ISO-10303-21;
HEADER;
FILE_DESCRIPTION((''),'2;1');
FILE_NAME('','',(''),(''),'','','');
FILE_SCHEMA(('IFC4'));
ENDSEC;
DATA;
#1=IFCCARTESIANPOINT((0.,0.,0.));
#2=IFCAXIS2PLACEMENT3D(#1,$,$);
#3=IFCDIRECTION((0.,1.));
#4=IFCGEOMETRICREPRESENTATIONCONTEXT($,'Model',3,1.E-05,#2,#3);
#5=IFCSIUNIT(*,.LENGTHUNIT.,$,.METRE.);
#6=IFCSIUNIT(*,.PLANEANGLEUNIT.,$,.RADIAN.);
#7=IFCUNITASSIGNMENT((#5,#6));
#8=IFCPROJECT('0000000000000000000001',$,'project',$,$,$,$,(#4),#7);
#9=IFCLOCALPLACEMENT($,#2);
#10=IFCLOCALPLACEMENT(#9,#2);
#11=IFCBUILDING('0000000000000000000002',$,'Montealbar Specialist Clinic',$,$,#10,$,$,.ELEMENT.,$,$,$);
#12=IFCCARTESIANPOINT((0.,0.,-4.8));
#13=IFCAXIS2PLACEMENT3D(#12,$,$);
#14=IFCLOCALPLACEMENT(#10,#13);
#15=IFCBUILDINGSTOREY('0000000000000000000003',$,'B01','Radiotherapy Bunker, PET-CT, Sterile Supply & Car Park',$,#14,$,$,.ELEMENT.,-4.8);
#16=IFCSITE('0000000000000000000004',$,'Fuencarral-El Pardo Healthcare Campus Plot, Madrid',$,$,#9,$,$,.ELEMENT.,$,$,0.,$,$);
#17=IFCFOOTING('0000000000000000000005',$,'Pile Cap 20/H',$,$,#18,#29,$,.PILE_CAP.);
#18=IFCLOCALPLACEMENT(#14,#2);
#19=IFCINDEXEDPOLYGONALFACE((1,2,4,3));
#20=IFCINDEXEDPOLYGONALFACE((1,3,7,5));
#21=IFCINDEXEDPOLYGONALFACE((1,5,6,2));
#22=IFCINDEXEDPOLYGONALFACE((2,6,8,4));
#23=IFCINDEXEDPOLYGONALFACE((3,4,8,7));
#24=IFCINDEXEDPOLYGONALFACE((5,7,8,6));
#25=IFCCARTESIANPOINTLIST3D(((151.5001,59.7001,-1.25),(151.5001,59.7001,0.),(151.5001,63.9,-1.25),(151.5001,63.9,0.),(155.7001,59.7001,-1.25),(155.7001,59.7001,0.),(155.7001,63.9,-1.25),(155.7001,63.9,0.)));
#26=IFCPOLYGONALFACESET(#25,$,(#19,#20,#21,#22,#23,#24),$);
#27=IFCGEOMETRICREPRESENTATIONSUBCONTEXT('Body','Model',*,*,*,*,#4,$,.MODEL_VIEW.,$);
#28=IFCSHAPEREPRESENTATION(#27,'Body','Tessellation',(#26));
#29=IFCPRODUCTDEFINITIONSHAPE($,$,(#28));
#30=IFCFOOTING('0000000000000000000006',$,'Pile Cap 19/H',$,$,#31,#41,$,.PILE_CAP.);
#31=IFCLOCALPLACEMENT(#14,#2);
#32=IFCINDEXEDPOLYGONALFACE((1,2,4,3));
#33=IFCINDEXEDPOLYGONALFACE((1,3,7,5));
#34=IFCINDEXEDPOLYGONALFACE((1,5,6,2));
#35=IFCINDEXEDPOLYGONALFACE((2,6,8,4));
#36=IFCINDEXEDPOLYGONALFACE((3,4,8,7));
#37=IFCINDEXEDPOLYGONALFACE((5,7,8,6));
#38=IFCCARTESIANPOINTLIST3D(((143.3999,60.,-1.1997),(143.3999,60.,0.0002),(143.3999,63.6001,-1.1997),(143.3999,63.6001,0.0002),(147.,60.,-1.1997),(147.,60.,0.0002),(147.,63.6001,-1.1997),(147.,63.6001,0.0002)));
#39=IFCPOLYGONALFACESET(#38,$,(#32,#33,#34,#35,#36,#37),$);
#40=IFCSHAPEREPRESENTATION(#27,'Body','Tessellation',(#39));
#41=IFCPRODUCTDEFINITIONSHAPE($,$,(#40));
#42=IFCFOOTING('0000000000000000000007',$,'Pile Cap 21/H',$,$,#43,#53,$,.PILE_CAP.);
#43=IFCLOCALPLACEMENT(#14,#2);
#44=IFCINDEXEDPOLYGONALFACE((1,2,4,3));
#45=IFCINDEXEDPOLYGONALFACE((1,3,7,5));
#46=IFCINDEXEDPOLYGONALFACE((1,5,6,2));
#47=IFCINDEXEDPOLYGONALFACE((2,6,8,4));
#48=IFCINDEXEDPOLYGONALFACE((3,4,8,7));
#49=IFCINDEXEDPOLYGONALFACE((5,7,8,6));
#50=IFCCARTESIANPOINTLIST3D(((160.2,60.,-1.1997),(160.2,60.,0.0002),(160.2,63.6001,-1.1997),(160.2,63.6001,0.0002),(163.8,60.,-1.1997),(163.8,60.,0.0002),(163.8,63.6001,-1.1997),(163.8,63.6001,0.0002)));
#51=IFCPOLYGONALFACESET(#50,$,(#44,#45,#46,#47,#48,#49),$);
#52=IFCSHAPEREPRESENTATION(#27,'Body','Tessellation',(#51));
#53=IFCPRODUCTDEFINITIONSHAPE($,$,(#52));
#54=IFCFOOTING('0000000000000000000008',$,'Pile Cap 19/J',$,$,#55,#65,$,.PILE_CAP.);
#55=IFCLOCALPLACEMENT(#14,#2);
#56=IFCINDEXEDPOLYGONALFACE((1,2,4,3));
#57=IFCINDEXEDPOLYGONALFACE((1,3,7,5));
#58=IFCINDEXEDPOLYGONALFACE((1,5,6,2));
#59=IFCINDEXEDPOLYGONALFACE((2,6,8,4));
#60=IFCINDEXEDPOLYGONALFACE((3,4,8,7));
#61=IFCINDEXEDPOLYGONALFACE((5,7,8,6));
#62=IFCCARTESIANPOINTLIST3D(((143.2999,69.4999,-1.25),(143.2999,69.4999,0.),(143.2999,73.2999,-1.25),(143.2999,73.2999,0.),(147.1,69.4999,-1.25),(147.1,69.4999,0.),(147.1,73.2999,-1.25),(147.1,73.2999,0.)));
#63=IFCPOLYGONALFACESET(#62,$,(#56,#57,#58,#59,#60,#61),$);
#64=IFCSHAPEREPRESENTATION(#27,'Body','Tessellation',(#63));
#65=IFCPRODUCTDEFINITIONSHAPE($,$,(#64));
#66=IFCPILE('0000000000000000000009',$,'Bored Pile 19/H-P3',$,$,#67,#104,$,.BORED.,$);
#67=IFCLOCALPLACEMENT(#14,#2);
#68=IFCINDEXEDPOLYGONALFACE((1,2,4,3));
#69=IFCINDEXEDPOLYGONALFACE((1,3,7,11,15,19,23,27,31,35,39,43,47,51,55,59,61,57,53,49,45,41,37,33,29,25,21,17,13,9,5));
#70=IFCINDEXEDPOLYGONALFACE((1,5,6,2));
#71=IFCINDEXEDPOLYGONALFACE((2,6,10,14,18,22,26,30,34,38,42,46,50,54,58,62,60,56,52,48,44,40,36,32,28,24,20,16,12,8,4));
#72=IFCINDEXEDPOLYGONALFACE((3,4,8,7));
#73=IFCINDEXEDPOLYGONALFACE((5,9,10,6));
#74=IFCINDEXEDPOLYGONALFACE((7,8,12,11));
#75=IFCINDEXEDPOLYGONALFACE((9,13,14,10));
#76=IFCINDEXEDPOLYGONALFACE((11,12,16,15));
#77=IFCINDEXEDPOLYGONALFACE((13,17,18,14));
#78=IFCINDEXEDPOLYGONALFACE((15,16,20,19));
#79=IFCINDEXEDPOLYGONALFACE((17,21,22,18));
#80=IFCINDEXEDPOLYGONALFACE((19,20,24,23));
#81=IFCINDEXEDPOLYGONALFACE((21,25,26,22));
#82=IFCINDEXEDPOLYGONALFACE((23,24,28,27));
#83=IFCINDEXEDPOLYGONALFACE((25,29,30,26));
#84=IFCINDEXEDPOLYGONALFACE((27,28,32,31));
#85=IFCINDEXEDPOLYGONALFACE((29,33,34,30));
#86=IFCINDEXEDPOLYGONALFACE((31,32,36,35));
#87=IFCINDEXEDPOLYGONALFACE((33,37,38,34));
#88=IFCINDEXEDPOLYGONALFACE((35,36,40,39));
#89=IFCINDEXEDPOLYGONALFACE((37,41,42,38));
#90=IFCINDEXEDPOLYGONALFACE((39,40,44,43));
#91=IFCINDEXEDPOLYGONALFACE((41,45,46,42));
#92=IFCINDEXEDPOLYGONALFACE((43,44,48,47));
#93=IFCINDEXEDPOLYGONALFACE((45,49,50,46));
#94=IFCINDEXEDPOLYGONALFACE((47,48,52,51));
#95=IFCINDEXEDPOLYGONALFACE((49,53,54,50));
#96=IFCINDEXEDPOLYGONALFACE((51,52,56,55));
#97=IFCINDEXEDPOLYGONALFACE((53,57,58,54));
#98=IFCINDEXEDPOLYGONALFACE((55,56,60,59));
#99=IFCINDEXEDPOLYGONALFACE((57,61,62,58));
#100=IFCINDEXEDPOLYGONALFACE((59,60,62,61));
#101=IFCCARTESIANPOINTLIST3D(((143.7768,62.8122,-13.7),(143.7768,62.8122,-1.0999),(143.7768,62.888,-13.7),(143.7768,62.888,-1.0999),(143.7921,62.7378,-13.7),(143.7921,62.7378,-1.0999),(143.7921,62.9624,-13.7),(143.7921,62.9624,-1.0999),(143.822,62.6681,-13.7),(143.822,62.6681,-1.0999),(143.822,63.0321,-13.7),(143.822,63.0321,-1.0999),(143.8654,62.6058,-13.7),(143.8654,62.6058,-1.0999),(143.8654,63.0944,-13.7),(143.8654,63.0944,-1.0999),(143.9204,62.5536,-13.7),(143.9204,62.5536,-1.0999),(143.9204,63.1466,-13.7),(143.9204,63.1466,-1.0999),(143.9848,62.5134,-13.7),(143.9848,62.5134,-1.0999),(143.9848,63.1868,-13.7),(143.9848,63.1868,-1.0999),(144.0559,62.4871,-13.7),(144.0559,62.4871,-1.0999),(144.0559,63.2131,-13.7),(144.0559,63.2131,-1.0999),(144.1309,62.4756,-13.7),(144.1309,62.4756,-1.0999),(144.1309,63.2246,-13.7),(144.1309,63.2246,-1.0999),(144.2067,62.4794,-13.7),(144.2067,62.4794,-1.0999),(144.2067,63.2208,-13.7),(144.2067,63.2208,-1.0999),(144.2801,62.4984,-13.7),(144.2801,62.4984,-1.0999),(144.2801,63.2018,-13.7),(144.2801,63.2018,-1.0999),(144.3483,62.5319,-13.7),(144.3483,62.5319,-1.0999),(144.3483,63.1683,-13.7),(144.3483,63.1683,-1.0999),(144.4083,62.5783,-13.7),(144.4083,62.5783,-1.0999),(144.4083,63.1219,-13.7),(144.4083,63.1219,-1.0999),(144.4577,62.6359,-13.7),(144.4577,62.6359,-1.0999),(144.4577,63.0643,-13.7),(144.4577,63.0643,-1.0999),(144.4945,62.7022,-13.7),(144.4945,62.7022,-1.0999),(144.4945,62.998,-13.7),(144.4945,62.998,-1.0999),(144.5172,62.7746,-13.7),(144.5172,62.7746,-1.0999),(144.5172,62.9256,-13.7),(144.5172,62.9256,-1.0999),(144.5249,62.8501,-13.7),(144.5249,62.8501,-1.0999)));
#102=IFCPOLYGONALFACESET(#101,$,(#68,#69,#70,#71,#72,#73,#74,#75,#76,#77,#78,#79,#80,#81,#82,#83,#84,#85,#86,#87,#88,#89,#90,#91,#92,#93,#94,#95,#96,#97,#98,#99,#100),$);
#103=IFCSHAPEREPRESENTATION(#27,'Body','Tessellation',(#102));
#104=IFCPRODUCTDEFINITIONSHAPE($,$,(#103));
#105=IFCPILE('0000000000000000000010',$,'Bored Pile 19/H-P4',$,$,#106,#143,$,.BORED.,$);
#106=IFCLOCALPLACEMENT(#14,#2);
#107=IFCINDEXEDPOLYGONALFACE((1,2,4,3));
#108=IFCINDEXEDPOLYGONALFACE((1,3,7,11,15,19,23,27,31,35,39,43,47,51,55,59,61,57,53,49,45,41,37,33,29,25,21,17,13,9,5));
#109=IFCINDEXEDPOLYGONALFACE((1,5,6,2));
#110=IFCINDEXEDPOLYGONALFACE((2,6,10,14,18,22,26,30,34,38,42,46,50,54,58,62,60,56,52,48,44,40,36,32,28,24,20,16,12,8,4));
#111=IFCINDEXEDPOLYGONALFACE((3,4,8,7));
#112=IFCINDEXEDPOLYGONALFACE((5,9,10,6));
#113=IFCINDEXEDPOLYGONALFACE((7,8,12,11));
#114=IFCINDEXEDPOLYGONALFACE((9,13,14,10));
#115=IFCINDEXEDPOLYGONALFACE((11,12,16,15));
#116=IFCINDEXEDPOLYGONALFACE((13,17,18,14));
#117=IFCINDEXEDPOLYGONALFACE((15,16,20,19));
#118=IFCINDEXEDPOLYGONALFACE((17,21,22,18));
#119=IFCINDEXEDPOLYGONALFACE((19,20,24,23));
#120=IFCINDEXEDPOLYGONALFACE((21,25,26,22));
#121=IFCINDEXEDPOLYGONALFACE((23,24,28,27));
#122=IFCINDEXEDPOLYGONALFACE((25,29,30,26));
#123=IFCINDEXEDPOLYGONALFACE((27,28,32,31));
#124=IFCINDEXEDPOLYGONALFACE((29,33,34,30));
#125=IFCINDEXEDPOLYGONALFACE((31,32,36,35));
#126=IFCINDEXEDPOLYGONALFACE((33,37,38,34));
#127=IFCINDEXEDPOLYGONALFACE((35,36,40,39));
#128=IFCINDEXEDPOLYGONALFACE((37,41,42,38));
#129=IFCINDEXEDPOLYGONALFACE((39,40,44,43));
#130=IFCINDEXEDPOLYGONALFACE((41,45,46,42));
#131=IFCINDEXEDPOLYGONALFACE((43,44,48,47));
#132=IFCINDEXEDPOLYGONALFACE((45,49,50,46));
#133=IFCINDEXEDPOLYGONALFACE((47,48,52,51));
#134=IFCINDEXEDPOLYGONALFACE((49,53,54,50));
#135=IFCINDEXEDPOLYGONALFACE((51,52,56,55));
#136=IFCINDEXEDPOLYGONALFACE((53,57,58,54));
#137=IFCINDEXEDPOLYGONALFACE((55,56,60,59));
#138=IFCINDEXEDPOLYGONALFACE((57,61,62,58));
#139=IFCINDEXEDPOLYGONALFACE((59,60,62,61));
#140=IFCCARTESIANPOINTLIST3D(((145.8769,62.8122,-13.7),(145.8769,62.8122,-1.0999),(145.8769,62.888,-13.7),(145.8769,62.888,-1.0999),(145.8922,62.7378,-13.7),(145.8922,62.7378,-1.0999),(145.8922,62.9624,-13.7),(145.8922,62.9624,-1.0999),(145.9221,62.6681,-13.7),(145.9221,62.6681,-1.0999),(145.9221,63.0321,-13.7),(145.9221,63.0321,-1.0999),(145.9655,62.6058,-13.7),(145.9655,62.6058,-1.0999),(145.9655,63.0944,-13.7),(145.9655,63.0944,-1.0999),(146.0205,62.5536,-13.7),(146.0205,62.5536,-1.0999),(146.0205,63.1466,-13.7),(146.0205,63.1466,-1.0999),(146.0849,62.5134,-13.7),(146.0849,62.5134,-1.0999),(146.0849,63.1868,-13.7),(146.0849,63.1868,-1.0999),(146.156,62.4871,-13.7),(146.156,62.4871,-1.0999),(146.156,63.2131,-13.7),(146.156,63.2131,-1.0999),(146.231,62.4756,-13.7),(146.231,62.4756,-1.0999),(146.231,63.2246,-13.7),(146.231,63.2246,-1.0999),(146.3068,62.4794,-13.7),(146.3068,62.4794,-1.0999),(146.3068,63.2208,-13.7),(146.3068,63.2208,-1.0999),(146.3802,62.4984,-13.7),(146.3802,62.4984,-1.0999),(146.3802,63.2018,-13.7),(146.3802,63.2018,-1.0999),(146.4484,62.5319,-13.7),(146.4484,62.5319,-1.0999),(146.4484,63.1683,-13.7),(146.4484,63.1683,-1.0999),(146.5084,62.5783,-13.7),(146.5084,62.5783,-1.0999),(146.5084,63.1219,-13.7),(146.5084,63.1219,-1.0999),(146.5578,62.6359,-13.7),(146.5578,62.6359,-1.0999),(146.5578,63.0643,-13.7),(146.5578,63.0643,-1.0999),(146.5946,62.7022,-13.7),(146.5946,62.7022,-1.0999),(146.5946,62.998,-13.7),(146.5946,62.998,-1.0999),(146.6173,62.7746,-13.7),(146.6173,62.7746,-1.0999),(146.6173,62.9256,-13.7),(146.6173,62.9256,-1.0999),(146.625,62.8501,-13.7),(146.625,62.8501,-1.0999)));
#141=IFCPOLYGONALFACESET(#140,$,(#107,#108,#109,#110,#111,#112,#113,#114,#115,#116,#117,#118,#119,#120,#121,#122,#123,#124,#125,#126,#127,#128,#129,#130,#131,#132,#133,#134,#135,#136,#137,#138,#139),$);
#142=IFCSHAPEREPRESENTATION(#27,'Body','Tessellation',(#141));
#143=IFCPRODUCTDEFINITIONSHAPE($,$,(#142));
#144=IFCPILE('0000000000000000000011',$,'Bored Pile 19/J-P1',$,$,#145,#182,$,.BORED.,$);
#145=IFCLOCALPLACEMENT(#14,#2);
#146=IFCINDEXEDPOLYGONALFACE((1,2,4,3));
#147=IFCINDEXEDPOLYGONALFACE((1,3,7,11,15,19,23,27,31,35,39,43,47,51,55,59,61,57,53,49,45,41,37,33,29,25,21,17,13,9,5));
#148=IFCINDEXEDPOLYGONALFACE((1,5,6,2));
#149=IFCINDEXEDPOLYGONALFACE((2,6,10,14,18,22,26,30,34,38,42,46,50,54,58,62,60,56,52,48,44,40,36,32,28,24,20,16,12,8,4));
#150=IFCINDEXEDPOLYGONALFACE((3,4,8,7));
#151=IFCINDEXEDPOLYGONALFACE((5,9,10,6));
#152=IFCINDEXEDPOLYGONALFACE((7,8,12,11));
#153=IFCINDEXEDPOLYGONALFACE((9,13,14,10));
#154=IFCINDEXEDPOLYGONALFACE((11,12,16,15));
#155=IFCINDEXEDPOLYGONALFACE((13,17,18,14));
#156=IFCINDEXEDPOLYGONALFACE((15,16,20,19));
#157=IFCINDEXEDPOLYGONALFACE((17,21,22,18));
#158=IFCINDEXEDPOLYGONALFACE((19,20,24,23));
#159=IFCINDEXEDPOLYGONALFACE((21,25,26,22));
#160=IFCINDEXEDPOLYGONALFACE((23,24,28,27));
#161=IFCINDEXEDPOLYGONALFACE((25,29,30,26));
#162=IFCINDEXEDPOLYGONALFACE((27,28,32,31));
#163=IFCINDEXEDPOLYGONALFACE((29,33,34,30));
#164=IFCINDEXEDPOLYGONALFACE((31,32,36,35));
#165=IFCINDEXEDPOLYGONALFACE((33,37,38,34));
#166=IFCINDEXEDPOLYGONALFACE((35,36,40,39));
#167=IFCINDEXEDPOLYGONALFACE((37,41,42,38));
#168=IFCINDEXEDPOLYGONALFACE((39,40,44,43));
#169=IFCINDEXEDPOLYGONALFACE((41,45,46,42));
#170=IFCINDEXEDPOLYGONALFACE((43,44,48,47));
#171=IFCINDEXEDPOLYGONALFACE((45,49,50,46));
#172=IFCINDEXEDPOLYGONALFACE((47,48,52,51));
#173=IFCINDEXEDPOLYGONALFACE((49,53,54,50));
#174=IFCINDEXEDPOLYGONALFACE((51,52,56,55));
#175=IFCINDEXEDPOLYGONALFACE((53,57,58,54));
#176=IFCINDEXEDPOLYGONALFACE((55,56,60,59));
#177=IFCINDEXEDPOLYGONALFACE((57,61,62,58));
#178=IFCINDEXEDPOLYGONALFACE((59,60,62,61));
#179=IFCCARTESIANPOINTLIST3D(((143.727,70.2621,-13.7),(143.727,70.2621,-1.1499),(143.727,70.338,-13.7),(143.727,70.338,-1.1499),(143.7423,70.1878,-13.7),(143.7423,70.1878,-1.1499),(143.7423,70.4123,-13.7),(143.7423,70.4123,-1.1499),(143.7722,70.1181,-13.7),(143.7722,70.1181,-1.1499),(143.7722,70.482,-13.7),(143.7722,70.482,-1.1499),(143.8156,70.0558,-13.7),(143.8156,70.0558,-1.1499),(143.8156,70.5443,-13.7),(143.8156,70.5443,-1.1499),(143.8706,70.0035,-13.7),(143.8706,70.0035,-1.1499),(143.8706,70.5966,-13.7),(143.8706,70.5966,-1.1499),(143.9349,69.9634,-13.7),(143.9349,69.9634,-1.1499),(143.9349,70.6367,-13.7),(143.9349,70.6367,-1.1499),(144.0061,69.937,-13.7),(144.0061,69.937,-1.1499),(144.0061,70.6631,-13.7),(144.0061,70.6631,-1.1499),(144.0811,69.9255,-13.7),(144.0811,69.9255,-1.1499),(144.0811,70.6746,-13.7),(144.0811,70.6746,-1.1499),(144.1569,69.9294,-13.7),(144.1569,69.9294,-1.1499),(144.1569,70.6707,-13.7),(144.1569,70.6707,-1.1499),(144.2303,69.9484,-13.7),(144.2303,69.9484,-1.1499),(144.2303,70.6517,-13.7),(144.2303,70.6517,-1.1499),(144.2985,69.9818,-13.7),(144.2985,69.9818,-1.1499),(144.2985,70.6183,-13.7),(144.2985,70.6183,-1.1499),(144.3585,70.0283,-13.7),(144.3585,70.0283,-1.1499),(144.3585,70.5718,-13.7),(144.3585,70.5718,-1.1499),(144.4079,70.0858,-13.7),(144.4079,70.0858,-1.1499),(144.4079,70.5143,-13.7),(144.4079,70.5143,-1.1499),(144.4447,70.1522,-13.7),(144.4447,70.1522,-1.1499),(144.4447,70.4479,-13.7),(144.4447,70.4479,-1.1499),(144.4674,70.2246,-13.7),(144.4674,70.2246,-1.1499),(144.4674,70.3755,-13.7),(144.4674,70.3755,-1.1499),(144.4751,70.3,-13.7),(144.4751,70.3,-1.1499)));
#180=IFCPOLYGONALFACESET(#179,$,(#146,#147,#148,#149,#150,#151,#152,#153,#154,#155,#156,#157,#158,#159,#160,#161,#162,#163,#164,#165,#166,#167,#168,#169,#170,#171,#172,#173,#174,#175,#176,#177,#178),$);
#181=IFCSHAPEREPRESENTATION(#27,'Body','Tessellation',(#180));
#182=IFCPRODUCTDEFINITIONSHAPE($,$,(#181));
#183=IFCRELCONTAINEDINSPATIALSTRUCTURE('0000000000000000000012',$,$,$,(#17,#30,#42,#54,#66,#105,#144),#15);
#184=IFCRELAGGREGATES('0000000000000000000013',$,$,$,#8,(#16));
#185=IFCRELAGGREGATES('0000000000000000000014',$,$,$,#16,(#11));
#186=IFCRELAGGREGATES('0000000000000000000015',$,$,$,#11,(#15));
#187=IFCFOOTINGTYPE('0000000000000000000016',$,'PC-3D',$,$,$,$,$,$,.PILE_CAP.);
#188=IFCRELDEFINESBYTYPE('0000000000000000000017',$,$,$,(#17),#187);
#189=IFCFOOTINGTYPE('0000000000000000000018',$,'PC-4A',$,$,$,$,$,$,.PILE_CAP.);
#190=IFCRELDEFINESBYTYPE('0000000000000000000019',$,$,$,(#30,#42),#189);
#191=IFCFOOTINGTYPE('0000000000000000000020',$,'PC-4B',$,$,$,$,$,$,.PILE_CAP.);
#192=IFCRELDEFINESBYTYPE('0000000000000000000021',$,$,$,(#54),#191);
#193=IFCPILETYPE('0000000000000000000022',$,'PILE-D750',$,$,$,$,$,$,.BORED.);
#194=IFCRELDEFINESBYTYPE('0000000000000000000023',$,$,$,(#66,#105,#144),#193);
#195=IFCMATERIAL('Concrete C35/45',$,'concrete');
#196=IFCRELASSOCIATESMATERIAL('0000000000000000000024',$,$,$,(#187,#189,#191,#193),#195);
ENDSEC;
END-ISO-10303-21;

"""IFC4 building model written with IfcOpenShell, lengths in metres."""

from ifc_helpers import new_model, si_unit, direction, frame, origin, origin_2d, place, context, subcontext, project, spatial, rectangle, circle, extrude, material, material_profile, profile_set, type_object, element, save


model = new_model("IFC4")

# Units and contexts
model_context = context("Model", 3, precision=1e-05, world=origin(), true_north=direction((0.0, 1.0)))
body_context = subcontext(model_context, "Body", "Model", "MODEL_VIEW")
ifc_project = project(units=[si_unit("LENGTHUNIT", "METRE"), si_unit("PLANEANGLEUNIT", "RADIAN")], contexts=[model_context])

# Site, building, storey
site_placement = place(None, origin())
site = spatial("IfcSite", under=ifc_project, at=site_placement, Name="Fuencarral-El Pardo Healthcare Campus Plot, Madrid", CompositionType="ELEMENT", RefElevation=0.0)
building_placement = place(site_placement, origin())
building = spatial("IfcBuilding", under=site, at=building_placement, Name="Montealbar Specialist Clinic", CompositionType="ELEMENT")
storey_placement = place(building_placement, frame((0.0, 0.0, -4.8)))
storey = spatial("IfcBuildingStorey", under=building, at=storey_placement, Name="B01", Description="Radiotherapy Bunker, PET-CT, Sterile Supply & Car Park", CompositionType="ELEMENT", Elevation=-4.8)

# Footings
ifc_material_1 = material(Name="Concrete C35/45", Category="concrete")
footing_type_1 = type_object("IfcFootingType", Name="PC-3D", PredefinedType="PILE_CAP", material=ifc_material_1)
footing_1_placement = place(storey_placement, frame((153.6001, 61.8, -1.25), z_axis=(0.0, 0.0, 1.0), x_axis=(1.0, 0.0, 0.0)))
element("IfcFooting", 1, at=footing_1_placement, inside=storey, type_object=footing_type_1, Name="Pile Cap 20/H", PredefinedType="PILE_CAP", context=body_context, shape_type="SweptSolid", body=[
    extrude(rectangle(XDim=4.2, YDim=4.2, at=origin_2d()), origin(), (0.0, 0.0, 1.0), 1.25),
])
footing_type_2 = type_object("IfcFootingType", Name="PC-4A", PredefinedType="PILE_CAP", material=ifc_material_1)
for number, where, z_axis, x_axis, name in (
    (2, (145.2, 61.8, -1.1997), (0.0, 0.0, 1.0), (1.0, 0.0, 0.0), "Pile Cap 19/H"),
    (3, (162.0, 61.8, -1.1997), (0.0, 0.0, 1.0), (1.0, 0.0, 0.0), "Pile Cap 21/H"),
):
    element("IfcFooting", number, at=place(storey_placement, frame(where, z_axis=z_axis, x_axis=x_axis)), inside=storey, type_object=footing_type_2, Name=name, PredefinedType="PILE_CAP", context=body_context, shape_type="SweptSolid", body=[
        extrude(rectangle(XDim=3.6001, YDim=3.6001, at=origin_2d()), origin(), (0.0, 0.0, 1.0), 1.2),
    ])
footing_type_3 = type_object("IfcFootingType", Name="PC-4B", PredefinedType="PILE_CAP", material=ifc_material_1)
footing_2_placement = place(storey_placement, frame((145.2, 71.3999, -1.25), z_axis=(0.0, 0.0, 1.0), x_axis=(1.0, 0.0, 0.0)))
element("IfcFooting", 4, at=footing_2_placement, inside=storey, type_object=footing_type_3, Name="Pile Cap 19/J", PredefinedType="PILE_CAP", context=body_context, shape_type="SweptSolid", body=[
    extrude(rectangle(XDim=3.8, YDim=3.8, at=origin_2d()), origin(), (0.0, 0.0, 1.0), 1.25),
])

# Piles
ifc_material_profile_1 = material_profile(ifc_material_1, circle(Radius=0.375, at=origin_2d()), Name="PILE D750", Category="concrete")
ifc_profile_set_1 = profile_set([ifc_material_profile_1], Name="Concrete C35/45")
pile_type_1 = type_object("IfcPileType", Name="PILE-D750", PredefinedType="BORED", material=ifc_profile_set_1)
for number, where, z_axis, x_axis, name in (
    (5, (144.1499, 62.8501, -1.0999), (0.0, 0.0, -1.0), (1.0, 0.0, 0.0), "Bored Pile 19/H-P3"),
    (6, (146.25, 62.8501, -1.0999), (0.0, 0.0, -1.0), (1.0, 0.0, 0.0), "Bored Pile 19/H-P4"),
):
    element("IfcPile", number, at=place(storey_placement, frame(where, z_axis=z_axis, x_axis=x_axis)), inside=storey, type_object=pile_type_1, Name=name, PredefinedType="BORED", context=body_context, shape_type="SweptSolid", body=[
        extrude(circle(Radius=0.375, at=origin_2d()), origin(), (0.0, 0.0, 1.0), 12.6001),
    ])
for number, where, z_axis, x_axis, name in (
    (7, (144.1001, 70.3, -1.1499), (0.0, 0.0, -1.0), (1.0, 0.0, 0.0), "Bored Pile 19/J-P1"),
):
    element("IfcPile", number, at=place(storey_placement, frame(where, z_axis=z_axis, x_axis=x_axis)), inside=storey, type_object=pile_type_1, Name=name, PredefinedType="BORED", context=body_context, shape_type="SweptSolid", body=[
        extrude(circle(Radius=0.375, at=origin_2d()), origin(), (0.0, 0.0, 1.0), 12.55),
    ])

save(model, "model.ifc")
